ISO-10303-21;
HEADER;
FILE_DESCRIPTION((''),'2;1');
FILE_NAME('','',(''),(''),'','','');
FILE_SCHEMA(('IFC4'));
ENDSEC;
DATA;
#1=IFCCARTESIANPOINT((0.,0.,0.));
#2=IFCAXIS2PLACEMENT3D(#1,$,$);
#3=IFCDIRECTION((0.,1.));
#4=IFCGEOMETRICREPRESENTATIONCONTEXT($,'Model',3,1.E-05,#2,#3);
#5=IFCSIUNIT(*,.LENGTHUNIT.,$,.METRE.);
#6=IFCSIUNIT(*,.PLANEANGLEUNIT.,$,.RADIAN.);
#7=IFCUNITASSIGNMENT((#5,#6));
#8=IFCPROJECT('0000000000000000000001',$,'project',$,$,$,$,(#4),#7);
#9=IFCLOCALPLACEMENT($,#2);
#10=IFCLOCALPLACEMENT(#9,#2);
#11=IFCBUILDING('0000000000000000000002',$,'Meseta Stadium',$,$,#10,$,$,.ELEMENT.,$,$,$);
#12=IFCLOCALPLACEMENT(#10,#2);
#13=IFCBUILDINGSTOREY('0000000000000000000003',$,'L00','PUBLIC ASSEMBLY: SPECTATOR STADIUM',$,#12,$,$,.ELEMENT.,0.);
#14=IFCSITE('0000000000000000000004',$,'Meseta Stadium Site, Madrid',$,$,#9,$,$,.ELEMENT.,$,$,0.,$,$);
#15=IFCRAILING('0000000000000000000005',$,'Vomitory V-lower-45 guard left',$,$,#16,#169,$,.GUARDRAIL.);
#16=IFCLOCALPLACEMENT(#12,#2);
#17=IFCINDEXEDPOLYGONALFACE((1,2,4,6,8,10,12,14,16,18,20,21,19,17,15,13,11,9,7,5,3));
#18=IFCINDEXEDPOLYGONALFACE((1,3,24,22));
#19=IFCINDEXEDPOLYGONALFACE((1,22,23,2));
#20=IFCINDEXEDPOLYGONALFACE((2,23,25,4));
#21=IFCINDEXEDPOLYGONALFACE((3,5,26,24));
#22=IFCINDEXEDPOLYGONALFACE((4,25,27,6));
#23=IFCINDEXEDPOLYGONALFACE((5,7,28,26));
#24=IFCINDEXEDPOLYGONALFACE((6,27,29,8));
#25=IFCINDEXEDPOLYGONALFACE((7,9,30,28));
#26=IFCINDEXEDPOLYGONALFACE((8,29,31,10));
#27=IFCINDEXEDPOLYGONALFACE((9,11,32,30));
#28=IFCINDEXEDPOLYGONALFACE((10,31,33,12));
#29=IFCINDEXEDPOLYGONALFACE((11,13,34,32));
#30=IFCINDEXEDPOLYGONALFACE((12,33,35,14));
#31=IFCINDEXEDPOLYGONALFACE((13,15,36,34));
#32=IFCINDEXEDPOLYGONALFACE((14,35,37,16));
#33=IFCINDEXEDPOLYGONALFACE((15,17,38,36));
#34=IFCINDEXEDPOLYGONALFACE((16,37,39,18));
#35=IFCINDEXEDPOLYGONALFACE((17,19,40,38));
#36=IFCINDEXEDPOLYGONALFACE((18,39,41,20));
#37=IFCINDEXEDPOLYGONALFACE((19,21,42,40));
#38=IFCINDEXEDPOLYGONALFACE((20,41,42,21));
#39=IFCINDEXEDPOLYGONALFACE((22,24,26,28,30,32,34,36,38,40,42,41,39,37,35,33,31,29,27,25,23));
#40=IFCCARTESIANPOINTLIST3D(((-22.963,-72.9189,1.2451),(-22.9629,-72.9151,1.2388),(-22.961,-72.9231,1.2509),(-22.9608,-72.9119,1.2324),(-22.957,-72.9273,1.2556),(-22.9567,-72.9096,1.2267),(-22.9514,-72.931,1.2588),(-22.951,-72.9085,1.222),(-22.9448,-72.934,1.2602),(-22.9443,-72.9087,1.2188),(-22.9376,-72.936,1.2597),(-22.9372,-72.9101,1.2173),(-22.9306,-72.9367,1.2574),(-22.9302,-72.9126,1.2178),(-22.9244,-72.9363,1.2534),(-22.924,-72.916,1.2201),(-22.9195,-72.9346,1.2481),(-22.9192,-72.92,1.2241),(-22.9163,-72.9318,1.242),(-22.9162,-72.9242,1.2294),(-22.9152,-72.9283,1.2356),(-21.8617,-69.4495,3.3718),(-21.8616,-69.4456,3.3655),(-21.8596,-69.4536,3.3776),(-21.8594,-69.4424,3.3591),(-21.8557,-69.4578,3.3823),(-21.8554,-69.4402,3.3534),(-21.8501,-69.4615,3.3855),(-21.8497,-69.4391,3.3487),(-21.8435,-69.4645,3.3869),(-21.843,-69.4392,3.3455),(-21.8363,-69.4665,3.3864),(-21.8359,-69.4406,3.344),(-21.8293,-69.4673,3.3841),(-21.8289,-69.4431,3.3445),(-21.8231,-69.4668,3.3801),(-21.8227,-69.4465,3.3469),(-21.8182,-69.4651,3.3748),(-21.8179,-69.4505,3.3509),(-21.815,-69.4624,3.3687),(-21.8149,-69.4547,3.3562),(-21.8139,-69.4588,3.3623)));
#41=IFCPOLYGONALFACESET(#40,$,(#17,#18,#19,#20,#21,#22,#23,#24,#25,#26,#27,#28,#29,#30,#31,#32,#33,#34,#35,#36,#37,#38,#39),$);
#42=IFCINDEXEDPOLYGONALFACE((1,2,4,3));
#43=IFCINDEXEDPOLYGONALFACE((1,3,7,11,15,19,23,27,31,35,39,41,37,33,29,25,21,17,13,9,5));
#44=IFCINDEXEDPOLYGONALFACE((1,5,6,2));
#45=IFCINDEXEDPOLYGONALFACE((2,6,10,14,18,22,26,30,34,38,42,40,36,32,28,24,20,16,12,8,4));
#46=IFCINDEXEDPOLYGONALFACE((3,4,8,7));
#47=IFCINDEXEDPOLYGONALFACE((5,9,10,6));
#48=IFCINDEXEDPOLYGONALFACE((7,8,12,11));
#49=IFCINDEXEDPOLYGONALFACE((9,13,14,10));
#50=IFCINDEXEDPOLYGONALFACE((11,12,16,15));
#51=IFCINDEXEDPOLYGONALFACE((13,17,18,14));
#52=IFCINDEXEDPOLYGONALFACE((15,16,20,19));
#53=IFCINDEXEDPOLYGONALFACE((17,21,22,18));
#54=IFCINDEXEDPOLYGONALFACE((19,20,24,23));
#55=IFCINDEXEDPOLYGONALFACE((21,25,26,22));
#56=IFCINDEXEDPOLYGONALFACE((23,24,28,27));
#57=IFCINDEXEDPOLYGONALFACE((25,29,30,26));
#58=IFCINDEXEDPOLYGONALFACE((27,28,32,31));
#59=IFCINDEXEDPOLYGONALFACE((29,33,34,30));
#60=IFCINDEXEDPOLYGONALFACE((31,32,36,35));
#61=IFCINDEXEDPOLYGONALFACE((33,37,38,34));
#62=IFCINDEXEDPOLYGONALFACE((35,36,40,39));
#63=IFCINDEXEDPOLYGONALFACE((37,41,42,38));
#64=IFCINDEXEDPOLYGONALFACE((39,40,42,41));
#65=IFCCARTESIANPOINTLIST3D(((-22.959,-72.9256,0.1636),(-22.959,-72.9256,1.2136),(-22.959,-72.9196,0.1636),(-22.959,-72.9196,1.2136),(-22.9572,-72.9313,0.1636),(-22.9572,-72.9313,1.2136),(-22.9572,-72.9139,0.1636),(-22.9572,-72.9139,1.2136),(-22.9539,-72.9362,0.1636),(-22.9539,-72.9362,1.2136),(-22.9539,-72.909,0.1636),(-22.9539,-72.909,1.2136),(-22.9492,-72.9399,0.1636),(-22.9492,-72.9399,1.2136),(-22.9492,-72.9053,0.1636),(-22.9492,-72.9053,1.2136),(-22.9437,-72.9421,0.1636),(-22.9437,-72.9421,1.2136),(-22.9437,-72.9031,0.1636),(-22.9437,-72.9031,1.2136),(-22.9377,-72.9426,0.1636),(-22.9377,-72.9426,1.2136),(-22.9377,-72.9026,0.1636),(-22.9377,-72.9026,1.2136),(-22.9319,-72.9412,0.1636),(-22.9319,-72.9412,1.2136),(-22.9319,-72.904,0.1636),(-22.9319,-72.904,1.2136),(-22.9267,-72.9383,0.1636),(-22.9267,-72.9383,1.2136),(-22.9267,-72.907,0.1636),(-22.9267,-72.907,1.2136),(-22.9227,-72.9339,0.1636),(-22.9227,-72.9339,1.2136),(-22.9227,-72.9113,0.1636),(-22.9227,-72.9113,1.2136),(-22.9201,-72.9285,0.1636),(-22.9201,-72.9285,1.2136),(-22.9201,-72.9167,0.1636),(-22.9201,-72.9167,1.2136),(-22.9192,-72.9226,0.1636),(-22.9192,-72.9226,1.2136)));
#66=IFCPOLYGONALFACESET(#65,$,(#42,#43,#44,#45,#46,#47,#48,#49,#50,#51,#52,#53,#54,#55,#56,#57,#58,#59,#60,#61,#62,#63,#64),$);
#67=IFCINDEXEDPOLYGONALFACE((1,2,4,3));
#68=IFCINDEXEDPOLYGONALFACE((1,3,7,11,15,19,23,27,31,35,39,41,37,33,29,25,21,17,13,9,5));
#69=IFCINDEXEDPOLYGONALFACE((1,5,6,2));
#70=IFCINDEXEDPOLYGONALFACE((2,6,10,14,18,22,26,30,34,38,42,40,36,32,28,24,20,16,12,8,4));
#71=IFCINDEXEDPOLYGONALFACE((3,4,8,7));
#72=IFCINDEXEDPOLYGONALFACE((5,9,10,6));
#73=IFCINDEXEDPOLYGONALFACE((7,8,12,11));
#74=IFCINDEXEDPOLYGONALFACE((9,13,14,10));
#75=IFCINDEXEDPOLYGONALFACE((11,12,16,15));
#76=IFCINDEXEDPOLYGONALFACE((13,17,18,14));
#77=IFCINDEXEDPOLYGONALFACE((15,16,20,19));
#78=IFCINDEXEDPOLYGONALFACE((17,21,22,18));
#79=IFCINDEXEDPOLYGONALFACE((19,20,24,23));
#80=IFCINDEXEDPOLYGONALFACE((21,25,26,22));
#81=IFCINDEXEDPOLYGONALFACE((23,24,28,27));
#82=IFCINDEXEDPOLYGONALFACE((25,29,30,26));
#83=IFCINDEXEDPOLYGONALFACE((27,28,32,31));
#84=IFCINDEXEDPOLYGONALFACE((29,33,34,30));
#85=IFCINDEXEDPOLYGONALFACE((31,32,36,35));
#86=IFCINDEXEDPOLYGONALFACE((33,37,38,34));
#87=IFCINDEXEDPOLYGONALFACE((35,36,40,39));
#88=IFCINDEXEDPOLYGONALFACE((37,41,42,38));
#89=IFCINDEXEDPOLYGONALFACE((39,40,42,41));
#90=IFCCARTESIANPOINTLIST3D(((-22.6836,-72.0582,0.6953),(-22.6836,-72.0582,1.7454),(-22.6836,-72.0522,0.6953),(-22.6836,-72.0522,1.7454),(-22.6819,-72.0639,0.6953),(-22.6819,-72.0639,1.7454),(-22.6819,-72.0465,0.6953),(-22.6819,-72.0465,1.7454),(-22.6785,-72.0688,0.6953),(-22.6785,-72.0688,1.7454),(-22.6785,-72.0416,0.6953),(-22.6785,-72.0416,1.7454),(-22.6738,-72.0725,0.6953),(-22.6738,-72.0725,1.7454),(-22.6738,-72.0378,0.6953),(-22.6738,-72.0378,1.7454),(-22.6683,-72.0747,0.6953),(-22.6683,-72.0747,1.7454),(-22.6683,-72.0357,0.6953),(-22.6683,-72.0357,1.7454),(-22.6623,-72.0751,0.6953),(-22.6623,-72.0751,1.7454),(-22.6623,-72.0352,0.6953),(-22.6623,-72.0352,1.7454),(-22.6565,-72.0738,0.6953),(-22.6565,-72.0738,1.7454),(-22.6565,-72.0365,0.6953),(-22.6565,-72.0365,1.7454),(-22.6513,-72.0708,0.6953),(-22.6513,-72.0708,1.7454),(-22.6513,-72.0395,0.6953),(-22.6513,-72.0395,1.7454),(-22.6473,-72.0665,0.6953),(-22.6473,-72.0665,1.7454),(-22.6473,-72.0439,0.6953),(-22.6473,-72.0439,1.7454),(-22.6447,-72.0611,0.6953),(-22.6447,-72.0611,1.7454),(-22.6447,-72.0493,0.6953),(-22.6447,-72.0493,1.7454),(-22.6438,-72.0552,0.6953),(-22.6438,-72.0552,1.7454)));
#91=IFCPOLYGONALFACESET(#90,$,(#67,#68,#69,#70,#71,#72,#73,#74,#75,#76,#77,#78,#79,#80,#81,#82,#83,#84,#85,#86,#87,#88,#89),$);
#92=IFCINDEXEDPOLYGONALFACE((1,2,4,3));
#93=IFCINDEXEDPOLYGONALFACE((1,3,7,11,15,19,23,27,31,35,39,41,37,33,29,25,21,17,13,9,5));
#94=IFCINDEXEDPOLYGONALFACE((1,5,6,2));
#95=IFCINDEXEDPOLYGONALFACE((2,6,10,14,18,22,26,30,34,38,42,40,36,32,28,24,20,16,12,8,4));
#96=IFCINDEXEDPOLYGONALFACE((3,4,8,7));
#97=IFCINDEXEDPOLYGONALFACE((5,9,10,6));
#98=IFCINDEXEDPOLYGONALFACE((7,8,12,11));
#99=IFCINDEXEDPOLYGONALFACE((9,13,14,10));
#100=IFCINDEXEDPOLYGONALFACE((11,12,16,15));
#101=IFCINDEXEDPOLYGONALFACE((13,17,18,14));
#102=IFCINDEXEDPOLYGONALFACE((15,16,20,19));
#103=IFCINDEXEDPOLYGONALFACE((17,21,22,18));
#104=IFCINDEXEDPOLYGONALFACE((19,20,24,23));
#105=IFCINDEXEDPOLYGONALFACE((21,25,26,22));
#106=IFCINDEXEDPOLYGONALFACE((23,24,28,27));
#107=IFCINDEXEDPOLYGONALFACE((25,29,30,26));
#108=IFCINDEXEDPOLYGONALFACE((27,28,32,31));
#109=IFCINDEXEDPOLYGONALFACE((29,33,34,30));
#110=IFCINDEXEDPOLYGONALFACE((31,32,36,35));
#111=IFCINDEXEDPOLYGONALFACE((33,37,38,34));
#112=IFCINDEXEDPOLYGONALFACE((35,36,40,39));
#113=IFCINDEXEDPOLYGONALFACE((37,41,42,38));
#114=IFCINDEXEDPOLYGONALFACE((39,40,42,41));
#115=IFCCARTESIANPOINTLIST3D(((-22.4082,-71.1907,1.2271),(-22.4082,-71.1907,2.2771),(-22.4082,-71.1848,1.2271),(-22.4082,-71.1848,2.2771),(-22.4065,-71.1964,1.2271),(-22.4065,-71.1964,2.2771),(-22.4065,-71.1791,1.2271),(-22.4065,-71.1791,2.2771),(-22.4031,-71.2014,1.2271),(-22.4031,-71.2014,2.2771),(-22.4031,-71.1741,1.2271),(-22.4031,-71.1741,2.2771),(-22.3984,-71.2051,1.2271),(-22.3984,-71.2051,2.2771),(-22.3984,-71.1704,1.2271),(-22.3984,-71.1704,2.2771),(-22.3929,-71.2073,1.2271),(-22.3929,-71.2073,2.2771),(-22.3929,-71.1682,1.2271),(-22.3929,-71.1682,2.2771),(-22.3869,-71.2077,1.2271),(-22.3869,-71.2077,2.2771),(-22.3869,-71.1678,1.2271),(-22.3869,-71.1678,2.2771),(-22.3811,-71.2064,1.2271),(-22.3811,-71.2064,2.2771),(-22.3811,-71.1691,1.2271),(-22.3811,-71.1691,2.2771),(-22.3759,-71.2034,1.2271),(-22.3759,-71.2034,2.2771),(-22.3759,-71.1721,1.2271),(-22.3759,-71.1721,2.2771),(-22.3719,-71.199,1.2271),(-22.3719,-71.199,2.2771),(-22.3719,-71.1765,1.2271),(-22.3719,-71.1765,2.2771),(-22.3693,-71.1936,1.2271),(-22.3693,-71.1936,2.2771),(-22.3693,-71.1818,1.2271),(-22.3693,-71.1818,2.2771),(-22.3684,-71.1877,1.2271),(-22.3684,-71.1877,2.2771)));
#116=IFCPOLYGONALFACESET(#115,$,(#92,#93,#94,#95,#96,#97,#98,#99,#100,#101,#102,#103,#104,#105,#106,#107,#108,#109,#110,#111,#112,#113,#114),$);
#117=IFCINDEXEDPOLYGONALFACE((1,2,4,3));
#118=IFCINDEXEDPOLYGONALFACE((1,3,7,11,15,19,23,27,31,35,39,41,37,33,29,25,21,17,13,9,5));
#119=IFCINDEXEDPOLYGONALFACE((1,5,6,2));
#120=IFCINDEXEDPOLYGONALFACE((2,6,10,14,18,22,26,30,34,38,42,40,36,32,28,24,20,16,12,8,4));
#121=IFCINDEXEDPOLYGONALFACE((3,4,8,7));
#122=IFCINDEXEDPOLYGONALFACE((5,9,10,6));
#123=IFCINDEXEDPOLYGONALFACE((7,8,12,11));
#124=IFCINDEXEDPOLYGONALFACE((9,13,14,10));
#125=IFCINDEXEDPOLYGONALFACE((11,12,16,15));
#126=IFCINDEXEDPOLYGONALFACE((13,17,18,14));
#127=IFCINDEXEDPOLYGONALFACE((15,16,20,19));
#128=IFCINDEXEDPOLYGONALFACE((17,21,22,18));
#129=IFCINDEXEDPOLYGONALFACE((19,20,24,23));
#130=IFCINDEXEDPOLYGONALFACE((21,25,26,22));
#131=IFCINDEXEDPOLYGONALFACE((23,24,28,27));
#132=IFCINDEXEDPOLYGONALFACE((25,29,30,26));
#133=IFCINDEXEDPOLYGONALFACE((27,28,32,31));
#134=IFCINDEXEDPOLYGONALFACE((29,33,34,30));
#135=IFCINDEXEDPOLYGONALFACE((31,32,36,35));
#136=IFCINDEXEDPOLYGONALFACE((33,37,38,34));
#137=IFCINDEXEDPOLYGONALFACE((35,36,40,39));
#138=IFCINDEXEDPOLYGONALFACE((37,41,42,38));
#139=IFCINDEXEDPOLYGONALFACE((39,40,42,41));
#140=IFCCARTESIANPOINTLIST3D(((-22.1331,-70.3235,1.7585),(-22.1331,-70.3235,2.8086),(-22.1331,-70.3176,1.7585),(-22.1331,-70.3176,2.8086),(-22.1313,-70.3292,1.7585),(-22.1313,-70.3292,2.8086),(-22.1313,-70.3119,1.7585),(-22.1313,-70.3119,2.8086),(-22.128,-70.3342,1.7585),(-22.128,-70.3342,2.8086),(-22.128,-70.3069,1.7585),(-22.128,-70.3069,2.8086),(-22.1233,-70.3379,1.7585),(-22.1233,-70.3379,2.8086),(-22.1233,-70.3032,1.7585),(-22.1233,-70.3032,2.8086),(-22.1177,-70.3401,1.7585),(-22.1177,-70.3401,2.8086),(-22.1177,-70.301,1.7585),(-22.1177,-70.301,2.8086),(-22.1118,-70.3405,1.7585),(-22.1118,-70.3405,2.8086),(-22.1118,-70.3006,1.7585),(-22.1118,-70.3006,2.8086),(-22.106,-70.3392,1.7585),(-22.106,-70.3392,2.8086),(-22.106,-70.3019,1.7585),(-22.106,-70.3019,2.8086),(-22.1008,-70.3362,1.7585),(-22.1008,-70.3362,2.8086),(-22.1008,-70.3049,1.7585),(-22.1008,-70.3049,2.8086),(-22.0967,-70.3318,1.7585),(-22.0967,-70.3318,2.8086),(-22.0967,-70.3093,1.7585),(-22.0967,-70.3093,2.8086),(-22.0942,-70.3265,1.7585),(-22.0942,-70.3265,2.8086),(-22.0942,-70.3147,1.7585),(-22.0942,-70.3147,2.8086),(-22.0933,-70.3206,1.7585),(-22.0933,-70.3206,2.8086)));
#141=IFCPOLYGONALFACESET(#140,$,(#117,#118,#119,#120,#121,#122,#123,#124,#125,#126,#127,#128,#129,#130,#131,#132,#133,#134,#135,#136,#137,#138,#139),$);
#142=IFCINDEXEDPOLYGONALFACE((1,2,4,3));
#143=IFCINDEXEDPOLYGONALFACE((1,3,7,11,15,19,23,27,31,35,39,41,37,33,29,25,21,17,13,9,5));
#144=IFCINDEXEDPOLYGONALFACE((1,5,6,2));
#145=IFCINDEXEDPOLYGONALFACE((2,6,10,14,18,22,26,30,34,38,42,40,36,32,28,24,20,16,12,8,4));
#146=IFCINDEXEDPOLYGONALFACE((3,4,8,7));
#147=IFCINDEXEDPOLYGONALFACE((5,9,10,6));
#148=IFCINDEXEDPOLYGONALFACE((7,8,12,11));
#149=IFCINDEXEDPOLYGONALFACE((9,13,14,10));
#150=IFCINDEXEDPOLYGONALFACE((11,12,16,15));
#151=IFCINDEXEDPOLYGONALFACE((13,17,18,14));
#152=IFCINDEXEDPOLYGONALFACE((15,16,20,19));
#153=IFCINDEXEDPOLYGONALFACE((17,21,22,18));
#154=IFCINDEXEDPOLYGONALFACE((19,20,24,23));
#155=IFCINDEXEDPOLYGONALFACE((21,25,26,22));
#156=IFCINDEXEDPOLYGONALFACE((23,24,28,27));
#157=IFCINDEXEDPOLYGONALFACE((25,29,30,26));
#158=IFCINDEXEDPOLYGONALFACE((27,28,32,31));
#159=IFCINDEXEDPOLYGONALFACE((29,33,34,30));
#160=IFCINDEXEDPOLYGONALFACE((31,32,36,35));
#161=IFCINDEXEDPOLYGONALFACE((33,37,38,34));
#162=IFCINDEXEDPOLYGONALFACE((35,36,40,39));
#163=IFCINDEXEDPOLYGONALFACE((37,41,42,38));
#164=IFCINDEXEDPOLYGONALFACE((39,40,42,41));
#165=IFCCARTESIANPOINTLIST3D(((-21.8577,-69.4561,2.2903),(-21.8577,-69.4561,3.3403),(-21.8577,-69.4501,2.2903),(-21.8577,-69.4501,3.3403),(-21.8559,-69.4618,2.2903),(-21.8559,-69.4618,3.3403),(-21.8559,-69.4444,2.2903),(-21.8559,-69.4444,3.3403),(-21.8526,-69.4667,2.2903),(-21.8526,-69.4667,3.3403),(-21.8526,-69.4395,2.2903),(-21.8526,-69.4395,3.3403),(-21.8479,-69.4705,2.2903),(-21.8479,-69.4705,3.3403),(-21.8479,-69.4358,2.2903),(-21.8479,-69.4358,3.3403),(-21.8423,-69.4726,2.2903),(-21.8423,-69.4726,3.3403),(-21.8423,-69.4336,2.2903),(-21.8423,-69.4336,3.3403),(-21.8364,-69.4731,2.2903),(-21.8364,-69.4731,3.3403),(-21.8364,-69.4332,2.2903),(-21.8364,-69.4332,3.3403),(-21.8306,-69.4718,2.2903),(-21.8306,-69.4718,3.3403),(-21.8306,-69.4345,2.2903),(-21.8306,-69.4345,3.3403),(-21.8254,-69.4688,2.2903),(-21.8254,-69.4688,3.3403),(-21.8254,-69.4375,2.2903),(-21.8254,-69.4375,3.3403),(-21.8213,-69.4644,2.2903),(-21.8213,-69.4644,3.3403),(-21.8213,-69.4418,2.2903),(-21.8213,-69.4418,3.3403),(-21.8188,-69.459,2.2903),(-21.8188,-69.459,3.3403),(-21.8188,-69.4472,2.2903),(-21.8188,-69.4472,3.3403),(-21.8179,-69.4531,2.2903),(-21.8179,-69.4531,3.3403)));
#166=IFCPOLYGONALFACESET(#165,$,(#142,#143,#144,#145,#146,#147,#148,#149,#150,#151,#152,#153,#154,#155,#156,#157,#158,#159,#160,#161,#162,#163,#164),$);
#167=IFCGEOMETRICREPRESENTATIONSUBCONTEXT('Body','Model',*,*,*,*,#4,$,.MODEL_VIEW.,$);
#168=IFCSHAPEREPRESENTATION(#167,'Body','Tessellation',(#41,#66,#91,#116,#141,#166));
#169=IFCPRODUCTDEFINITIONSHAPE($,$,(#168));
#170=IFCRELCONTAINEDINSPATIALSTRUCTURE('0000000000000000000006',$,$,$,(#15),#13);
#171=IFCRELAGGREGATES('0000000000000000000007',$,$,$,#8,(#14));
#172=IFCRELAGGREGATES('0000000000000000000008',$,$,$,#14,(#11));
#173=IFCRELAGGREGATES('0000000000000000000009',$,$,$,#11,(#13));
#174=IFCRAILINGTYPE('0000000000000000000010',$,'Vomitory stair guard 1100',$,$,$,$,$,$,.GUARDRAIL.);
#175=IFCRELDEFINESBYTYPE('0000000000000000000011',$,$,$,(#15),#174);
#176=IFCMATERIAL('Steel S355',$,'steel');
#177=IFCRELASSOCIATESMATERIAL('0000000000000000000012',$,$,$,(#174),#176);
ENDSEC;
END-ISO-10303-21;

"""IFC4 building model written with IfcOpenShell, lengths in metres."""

from ifc_helpers import new_model, si_unit, direction, frame, origin, origin_2d, place, context, subcontext, project, spatial, circle, extrude, material, type_object, element, save


model = new_model("IFC4")

# Units and contexts
model_context = context("Model", 3, precision=1e-05, world=origin(), true_north=direction((0.0, 1.0)))
body_context = subcontext(model_context, "Body", "Model", "MODEL_VIEW")
ifc_project = project(units=[si_unit("LENGTHUNIT", "METRE"), si_unit("PLANEANGLEUNIT", "RADIAN")], contexts=[model_context])

# Site, building, storey
site_placement = place(None, origin())
site = spatial("IfcSite", under=ifc_project, at=site_placement, Name="Meseta Stadium Site, Madrid", CompositionType="ELEMENT", RefElevation=0.0)
building_placement = place(site_placement, origin())
building = spatial("IfcBuilding", under=site, at=building_placement, Name="Meseta Stadium", CompositionType="ELEMENT")
storey_placement = place(building_placement, origin())
storey = spatial("IfcBuildingStorey", under=building, at=storey_placement, Name="L00", Description="PUBLIC ASSEMBLY: SPECTATOR STADIUM", CompositionType="ELEMENT", Elevation=0.0)

# Railing
ifc_material_1 = material(Name="Steel S355", Category="steel")
railing_type_1 = type_object("IfcRailingType", Name="Vomitory stair guard 1100", PredefinedType="GUARDRAIL", material=ifc_material_1)
railing_1_placement = place(storey_placement, frame((-22.9392, -72.9226, 0.1636)))
element("IfcRailing", 1, at=railing_1_placement, inside=storey, type_object=railing_type_1, Name="Vomitory V-lower-45 guard left", PredefinedType="GUARDRAIL", context=body_context, shape_type="SweptSolid", body=[
    extrude(circle(Radius=0.0249, at=origin_2d()), frame((0.0, 0.0, 1.0752), z_axis=(0.261235, 0.822968, 0.50446), x_axis=(-0.953133, 0.302553, 0.0)), (0.0, 0.0, 1.0), 4.2158),
    extrude(circle(Radius=0.02, at=origin_2d()), origin(), (0.0, 0.0, 1.0), 1.05),
    extrude(circle(Radius=0.02, at=origin_2d()), frame((0.2754, 0.8674, 0.5317)), (0.0, 0.0, 1.0), 1.05),
    extrude(circle(Radius=0.02, at=origin_2d()), frame((0.5508, 1.7349, 1.0635)), (0.0, 0.0, 1.0), 1.05),
    extrude(circle(Radius=0.02, at=origin_2d()), frame((0.8259, 2.6021, 1.595)), (0.0, 0.0, 1.0), 1.05),
    extrude(circle(Radius=0.02, at=origin_2d()), frame((1.1013, 3.4695, 2.1267)), (0.0, 0.0, 1.0), 1.05),
])

save(model, "model.ifc")
